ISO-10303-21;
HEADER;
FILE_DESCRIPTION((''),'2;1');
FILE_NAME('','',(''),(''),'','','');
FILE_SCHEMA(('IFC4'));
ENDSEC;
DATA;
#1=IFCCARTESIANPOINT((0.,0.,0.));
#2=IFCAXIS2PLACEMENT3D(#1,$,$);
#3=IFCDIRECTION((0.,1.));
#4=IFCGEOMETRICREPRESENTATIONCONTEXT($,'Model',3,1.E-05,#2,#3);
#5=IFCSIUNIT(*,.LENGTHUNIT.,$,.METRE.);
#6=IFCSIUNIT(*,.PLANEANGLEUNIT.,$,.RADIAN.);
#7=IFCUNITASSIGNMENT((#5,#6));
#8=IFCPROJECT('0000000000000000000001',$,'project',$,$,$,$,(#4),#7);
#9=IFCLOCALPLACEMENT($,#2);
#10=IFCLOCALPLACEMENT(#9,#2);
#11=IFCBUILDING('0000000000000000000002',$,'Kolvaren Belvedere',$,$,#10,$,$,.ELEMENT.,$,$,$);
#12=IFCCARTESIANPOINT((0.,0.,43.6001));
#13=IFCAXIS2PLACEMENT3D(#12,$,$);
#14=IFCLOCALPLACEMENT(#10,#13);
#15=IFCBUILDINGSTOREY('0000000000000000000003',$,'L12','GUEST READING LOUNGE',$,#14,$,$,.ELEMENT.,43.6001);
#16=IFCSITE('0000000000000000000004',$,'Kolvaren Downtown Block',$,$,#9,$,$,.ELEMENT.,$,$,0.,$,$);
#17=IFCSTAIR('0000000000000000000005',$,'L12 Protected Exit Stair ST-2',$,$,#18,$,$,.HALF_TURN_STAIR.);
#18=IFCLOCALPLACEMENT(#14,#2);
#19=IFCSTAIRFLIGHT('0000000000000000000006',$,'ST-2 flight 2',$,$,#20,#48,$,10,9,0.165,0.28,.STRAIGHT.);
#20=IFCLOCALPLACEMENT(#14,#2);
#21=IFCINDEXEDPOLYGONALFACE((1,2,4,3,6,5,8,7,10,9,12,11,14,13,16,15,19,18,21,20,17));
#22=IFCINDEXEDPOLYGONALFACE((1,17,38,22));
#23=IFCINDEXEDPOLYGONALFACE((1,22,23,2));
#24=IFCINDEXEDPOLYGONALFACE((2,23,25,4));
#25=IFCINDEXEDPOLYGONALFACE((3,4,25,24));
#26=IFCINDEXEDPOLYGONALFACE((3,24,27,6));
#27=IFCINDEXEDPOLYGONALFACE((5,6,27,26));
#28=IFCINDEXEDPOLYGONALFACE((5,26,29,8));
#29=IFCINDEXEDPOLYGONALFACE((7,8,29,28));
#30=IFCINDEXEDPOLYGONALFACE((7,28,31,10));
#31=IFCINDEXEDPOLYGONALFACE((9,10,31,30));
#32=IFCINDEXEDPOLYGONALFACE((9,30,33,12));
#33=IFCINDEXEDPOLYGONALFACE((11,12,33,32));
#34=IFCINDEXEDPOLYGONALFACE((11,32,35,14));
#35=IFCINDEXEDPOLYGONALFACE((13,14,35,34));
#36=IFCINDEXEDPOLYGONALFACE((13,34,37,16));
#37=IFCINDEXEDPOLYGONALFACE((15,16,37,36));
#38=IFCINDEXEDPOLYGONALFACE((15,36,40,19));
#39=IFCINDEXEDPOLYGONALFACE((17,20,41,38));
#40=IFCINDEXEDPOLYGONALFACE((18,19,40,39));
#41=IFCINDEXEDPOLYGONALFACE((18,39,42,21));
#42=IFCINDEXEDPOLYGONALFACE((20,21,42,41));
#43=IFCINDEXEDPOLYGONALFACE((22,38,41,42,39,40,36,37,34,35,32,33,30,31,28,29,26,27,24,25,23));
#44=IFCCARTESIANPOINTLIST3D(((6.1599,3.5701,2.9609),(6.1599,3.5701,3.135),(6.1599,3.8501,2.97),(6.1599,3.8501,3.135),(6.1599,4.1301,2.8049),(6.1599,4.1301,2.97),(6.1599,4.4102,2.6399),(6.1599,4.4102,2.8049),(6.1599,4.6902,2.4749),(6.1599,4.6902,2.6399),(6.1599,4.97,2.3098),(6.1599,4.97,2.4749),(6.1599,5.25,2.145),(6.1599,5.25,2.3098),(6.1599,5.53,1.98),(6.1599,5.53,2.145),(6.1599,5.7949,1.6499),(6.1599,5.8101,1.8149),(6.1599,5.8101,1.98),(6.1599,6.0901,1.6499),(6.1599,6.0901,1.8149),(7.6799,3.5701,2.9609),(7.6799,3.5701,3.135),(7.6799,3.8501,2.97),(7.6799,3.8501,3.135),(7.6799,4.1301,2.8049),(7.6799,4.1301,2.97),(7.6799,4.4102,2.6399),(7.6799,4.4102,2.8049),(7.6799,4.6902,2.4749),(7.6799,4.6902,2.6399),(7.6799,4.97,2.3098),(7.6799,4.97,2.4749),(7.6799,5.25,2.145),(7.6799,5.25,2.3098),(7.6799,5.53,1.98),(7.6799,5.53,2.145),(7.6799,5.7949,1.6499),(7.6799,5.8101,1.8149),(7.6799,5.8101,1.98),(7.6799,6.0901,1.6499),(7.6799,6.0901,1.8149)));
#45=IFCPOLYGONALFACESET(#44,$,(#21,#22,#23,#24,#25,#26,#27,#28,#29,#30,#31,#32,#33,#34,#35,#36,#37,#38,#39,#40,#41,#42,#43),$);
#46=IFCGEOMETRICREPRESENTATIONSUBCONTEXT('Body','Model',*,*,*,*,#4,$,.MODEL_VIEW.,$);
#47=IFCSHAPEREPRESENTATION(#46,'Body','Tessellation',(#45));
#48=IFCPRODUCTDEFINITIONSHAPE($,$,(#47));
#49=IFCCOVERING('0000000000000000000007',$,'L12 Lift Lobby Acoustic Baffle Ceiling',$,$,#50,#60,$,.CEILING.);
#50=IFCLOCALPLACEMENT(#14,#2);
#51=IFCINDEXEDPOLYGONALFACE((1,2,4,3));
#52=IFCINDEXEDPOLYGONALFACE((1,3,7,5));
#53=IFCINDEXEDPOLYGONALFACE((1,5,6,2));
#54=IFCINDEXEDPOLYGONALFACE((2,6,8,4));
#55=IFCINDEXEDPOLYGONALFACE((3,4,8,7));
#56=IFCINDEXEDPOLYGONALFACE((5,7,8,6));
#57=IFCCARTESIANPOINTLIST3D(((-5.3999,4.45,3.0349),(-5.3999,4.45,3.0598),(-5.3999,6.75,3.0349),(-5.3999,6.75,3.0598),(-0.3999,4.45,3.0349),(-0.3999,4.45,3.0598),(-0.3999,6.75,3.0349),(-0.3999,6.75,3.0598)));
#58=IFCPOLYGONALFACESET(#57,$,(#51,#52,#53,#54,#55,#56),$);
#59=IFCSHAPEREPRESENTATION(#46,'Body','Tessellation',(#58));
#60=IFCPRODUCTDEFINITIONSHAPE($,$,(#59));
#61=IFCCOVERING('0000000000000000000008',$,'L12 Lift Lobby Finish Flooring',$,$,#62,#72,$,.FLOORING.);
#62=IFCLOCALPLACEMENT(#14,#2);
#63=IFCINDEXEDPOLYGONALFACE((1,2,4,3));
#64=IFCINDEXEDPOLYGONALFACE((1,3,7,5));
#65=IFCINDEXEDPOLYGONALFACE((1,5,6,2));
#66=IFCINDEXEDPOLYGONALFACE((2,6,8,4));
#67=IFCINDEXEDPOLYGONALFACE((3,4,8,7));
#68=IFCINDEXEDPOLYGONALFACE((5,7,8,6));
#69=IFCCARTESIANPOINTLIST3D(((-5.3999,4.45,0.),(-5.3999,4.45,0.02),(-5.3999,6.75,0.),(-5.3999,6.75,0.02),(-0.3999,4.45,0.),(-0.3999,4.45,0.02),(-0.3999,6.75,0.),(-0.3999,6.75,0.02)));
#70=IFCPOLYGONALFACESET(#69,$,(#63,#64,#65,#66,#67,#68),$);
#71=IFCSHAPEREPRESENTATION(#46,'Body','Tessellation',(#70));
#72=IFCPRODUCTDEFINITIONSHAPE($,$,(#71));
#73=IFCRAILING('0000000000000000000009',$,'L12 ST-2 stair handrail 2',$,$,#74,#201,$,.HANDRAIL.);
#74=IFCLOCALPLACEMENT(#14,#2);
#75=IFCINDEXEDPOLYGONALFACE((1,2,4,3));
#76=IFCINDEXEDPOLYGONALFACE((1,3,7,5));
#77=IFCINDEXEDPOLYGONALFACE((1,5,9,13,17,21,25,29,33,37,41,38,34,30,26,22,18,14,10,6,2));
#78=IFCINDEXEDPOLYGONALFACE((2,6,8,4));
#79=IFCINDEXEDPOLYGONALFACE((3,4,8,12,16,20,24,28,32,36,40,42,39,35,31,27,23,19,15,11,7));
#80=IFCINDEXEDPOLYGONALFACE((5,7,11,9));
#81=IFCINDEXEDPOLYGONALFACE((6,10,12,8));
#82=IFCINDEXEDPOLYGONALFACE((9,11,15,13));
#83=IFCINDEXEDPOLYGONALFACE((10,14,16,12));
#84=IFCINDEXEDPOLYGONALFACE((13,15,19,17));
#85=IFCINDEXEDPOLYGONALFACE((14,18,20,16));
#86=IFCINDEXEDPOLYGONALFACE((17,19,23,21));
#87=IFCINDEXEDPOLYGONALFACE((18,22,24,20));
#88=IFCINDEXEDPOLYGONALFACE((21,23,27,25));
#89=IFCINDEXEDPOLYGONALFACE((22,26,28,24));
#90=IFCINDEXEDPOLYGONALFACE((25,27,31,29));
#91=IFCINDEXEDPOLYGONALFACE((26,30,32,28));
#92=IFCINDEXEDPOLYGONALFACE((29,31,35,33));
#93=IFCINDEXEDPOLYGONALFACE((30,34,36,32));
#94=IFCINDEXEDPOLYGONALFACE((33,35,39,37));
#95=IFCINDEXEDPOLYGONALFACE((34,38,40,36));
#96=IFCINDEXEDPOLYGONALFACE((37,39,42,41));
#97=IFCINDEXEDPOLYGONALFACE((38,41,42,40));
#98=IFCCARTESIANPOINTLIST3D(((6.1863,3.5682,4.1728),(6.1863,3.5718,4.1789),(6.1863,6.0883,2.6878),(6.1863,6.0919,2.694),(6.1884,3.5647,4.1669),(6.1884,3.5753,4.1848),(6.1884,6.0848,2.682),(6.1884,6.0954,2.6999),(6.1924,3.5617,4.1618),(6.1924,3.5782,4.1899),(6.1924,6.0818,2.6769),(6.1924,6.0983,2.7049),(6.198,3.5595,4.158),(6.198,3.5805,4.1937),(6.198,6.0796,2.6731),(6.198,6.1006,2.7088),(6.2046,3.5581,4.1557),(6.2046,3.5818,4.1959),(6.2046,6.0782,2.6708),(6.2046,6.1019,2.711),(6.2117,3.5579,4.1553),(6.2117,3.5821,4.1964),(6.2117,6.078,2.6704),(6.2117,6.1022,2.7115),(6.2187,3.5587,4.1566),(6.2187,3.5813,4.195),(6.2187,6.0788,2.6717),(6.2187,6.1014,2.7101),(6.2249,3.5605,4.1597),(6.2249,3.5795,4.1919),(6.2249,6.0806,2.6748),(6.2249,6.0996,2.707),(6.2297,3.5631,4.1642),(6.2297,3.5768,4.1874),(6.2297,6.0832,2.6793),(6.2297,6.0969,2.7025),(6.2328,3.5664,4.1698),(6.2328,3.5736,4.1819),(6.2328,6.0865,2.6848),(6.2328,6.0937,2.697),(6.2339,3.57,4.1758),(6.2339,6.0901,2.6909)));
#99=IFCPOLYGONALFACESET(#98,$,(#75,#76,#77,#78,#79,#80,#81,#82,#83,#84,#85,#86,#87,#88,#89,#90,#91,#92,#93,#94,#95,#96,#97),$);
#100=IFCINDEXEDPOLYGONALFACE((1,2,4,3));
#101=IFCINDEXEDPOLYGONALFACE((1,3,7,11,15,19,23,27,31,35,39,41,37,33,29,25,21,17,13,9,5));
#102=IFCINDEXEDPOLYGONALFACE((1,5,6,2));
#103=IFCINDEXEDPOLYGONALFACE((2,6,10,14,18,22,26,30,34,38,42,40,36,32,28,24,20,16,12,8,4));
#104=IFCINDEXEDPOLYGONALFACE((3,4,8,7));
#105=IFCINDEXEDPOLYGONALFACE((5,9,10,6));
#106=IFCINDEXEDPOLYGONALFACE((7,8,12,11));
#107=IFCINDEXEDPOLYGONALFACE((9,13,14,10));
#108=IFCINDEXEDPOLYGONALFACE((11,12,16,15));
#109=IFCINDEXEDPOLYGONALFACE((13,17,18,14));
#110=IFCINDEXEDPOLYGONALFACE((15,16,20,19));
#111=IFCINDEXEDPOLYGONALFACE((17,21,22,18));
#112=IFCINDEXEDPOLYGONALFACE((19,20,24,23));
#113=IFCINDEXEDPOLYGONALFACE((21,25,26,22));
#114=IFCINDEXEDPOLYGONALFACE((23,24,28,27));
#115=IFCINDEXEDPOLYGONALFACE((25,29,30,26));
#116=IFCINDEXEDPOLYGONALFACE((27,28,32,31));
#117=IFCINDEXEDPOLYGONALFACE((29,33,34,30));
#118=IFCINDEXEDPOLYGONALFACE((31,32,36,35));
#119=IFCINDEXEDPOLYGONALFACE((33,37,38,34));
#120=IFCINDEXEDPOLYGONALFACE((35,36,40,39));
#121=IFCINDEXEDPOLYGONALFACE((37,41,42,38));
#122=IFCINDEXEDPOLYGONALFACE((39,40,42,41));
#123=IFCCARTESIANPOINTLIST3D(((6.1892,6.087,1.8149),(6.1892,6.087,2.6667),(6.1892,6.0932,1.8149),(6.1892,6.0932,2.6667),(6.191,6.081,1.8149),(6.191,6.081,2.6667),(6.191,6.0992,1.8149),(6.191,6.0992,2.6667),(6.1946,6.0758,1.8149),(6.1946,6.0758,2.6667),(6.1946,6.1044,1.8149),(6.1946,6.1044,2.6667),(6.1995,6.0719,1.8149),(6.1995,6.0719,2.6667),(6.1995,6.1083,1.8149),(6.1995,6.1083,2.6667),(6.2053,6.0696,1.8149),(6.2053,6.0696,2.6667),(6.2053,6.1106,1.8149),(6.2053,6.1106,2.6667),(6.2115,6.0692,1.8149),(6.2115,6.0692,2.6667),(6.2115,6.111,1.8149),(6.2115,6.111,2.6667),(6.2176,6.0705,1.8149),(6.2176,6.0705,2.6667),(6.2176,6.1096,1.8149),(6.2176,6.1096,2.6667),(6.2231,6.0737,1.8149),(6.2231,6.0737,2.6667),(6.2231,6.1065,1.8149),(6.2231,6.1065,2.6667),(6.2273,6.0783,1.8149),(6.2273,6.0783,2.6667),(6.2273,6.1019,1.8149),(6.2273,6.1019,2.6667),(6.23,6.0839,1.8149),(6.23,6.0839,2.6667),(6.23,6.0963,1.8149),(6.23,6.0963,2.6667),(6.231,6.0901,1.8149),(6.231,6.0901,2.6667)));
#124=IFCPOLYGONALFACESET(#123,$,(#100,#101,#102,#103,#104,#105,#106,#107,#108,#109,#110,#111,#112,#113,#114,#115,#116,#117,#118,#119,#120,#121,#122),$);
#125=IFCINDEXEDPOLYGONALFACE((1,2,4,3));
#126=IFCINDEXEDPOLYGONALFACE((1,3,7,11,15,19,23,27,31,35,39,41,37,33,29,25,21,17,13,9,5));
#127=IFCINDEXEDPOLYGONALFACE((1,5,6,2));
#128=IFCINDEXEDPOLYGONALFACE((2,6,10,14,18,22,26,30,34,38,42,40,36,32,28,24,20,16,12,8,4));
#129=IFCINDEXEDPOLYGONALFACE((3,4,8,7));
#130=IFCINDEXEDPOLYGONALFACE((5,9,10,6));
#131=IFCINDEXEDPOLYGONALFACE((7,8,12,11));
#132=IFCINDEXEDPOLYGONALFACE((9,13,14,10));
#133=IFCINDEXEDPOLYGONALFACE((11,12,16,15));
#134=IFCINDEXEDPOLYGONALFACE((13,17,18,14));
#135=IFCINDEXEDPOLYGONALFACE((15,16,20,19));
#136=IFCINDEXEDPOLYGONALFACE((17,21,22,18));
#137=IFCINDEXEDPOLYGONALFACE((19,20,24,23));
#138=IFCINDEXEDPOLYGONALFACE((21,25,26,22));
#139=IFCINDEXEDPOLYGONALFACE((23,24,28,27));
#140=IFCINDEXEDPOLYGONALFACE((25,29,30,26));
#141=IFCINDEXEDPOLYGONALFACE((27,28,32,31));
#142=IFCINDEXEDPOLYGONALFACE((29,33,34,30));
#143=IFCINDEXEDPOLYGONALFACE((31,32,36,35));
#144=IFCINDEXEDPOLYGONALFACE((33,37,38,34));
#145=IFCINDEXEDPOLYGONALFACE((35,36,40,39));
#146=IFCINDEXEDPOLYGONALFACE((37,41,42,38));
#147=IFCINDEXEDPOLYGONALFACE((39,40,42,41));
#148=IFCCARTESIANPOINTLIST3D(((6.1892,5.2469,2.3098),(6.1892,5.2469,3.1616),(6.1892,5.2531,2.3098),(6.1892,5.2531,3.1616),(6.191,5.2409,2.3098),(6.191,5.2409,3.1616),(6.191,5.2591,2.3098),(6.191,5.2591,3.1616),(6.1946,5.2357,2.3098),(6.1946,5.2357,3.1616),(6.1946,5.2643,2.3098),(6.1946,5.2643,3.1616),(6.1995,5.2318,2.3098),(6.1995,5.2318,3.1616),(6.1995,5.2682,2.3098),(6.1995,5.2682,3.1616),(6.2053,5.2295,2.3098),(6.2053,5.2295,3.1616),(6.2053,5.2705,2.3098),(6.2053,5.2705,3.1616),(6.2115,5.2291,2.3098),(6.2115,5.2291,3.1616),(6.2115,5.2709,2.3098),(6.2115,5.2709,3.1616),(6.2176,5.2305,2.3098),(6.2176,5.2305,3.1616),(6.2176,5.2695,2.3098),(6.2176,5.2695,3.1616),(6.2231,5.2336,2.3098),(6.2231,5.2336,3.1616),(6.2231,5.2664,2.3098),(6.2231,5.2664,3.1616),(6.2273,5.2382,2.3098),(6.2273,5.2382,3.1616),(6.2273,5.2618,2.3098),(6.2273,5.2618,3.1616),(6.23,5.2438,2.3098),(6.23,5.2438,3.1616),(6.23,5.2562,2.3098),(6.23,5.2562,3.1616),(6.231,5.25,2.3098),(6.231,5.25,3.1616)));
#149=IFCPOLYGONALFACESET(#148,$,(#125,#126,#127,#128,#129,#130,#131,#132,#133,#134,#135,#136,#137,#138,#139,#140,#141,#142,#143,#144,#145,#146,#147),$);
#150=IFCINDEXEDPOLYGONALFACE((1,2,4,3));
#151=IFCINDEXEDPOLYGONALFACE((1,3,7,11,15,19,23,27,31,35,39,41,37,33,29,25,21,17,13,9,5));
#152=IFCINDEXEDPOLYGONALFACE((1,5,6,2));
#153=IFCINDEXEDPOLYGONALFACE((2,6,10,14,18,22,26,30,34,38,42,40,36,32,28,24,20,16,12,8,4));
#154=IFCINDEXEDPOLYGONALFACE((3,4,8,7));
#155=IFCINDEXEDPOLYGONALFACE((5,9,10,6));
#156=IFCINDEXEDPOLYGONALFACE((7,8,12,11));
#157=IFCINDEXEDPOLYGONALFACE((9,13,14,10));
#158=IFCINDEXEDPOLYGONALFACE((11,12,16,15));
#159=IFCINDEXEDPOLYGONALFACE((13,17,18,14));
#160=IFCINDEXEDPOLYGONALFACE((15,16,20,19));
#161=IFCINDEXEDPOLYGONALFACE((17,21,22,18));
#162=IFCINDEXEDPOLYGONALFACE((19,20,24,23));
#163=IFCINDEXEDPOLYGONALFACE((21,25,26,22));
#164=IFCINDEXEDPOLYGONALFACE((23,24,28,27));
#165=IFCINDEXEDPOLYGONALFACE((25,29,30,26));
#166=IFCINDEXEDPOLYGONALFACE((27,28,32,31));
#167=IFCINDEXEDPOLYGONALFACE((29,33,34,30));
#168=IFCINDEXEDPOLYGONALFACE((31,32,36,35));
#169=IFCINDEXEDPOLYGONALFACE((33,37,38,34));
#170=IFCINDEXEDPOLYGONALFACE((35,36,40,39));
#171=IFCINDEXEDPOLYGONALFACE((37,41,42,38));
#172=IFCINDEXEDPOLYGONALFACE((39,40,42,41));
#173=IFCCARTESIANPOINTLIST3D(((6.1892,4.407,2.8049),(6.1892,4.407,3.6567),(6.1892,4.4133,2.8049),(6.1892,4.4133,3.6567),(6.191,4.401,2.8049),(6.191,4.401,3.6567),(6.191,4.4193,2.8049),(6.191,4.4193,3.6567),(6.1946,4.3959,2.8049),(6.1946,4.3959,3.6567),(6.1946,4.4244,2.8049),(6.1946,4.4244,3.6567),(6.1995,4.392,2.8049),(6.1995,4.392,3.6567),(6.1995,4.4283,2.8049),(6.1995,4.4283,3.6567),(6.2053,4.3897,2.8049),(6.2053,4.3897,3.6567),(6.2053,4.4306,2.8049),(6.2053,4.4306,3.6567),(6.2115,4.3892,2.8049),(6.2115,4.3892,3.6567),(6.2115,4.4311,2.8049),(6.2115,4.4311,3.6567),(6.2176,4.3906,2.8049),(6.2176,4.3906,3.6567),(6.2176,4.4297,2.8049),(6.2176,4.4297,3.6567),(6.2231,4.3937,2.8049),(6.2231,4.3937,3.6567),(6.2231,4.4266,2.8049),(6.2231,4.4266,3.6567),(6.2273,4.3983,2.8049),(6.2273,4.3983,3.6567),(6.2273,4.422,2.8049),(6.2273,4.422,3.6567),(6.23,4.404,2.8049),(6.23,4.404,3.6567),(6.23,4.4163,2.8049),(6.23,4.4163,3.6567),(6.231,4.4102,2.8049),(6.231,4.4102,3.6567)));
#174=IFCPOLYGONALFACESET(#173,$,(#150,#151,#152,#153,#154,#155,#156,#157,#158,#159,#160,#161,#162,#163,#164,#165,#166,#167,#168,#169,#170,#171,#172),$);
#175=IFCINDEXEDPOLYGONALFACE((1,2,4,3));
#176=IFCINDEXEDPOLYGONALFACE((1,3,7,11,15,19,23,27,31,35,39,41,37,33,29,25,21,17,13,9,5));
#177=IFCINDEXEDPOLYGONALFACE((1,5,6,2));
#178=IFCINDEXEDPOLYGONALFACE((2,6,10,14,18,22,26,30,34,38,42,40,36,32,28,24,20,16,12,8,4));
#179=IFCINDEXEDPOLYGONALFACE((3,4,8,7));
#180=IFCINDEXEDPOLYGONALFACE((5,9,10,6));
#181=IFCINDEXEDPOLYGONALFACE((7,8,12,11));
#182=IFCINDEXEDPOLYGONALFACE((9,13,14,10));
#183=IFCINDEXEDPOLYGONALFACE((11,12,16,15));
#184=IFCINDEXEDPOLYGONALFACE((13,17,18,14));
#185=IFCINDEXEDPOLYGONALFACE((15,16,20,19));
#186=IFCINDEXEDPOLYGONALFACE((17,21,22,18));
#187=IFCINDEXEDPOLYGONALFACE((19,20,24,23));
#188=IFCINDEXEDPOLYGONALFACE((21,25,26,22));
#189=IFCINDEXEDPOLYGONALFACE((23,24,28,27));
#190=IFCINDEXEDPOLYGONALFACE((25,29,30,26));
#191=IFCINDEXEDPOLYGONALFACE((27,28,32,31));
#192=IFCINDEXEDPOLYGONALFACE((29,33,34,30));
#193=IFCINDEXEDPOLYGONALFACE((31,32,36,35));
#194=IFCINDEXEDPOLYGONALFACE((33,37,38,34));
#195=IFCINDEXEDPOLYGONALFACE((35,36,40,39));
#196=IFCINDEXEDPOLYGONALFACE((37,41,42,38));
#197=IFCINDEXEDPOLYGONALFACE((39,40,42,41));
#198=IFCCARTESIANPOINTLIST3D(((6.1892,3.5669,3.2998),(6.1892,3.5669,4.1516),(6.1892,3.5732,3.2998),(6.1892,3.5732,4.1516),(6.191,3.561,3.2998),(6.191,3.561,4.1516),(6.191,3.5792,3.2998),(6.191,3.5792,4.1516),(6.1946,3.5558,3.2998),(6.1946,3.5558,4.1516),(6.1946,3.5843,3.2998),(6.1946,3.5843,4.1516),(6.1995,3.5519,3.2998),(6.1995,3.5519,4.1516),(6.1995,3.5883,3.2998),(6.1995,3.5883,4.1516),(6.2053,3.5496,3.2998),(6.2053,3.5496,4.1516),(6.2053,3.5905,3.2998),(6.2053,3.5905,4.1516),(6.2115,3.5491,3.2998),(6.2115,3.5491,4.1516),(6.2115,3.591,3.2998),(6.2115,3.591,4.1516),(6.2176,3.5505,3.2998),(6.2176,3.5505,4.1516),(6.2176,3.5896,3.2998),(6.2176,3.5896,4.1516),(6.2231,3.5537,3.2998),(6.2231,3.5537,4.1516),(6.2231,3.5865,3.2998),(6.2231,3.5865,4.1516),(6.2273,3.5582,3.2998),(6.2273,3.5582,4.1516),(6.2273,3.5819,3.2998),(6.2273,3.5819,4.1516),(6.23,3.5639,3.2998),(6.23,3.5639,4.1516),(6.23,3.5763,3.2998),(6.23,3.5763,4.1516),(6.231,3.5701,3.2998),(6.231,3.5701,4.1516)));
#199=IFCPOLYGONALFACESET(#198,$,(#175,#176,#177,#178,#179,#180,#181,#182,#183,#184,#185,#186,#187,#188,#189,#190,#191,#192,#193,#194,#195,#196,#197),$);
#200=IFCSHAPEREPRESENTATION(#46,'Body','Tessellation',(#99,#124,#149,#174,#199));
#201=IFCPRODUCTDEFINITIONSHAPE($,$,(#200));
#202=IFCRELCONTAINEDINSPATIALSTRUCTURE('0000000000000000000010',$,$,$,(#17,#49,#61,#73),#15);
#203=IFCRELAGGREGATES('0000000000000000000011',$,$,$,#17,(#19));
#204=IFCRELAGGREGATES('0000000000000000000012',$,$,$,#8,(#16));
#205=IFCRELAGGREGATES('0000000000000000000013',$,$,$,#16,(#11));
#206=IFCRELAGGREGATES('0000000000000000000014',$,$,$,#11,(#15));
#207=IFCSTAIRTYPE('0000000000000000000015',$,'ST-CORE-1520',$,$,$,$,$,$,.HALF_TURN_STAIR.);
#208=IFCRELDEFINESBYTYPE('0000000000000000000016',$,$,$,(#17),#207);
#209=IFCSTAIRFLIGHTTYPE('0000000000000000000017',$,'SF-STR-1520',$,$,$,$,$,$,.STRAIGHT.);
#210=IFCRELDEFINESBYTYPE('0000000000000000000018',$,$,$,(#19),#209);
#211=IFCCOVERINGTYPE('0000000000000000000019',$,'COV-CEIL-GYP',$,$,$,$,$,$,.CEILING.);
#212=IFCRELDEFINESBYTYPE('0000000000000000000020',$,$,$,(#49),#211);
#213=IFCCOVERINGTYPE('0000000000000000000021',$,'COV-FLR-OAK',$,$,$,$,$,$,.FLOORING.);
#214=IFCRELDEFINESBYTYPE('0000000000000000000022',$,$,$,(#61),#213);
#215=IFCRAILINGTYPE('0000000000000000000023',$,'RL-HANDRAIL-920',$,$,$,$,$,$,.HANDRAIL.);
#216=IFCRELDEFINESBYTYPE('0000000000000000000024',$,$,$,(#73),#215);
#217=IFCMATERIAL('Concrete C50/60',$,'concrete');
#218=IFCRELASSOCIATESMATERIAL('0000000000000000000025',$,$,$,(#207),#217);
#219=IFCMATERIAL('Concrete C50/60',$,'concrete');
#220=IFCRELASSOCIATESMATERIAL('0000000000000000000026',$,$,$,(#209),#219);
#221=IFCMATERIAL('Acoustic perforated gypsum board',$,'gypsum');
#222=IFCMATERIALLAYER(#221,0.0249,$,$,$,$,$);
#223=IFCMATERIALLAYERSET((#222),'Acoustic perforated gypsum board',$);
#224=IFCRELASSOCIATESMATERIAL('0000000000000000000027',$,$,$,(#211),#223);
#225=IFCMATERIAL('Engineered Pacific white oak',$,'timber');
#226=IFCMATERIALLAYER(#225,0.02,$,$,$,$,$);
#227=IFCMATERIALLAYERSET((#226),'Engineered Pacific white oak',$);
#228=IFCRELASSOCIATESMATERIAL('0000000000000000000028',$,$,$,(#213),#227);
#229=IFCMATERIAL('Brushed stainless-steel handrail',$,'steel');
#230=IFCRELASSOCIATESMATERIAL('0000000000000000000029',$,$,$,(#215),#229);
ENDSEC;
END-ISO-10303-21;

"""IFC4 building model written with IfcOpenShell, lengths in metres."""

from ifc_helpers import new_model, si_unit, direction, frame, origin, origin_2d, place, context, subcontext, project, spatial, polyline, circle, outline, extrude, material, layer, layer_set, type_object, element, aggregate, save


model = new_model("IFC4")

# Units and contexts
model_context = context("Model", 3, precision=1e-05, world=origin(), true_north=direction((0.0, 1.0)))
body_context = subcontext(model_context, "Body", "Model", "MODEL_VIEW")
ifc_project = project(units=[si_unit("LENGTHUNIT", "METRE"), si_unit("PLANEANGLEUNIT", "RADIAN")], contexts=[model_context])

# Site, building, storey
site_placement = place(None, origin())
site = spatial("IfcSite", under=ifc_project, at=site_placement, Name="Kolvaren Downtown Block", CompositionType="ELEMENT", RefElevation=0.0)
building_placement = place(site_placement, origin())
building = spatial("IfcBuilding", under=site, at=building_placement, Name="Kolvaren Belvedere", CompositionType="ELEMENT")
storey_placement = place(building_placement, frame((0.0, 0.0, 43.6001)))
storey = spatial("IfcBuildingStorey", under=building, at=storey_placement, Name="L12", Description="GUEST READING LOUNGE", CompositionType="ELEMENT", Elevation=43.6001)

# Stair
ifc_material_1 = material(Name="Concrete C50/60", Category="concrete")
stair_type = type_object("IfcStairType", Name="ST-CORE-1520", PredefinedType="HALF_TURN_STAIR", material=ifc_material_1)
stair_1_placement = place(storey_placement, origin())
stair_1 = element("IfcStair", 1, at=stair_1_placement, inside=storey, type_object=stair_type, Name="L12 Protected Exit Stair ST-2", PredefinedType="HALF_TURN_STAIR")

# Stair flight
ifc_material_2 = material(Name="Concrete C50/60", Category="concrete")
stair_flight_type = type_object("IfcStairFlightType", Name="SF-STR-1520", PredefinedType="STRAIGHT", material=ifc_material_2)
stair_flight_placement = place(storey_placement, frame((6.9199, 6.0901, 1.6499), z_axis=(0.0, 0.0, 1.0), x_axis=(0.0, -1.0, 0.0)))
stair_flight = element("IfcStairFlight", 2, at=stair_flight_placement, type_object=stair_flight_type, Name="ST-2 flight 2", NumberOfRisers=10, NumberOfTreads=9, PredefinedType="STRAIGHT", RiserHeight=0.165, TreadLength=0.28, context=body_context, shape_type="SweptSolid", body=[
    extrude(outline(polyline([(0.0, 0.0), (0.0, 0.165), (0.28, 0.165), (0.28, 0.3301), (0.5601, 0.3301), (0.5601, 0.4951), (0.8401, 0.4951), (0.8401, 0.6599), (1.1201, 0.6599), (1.1201, 0.825), (1.3999, 0.825), (1.3999, 0.99), (1.6799, 0.99), (1.6799, 1.155), (1.96, 1.155), (1.96, 1.3201), (2.24, 1.3201), (2.24, 1.4851), (2.52, 1.4851), (2.52, 1.6499), (2.52, 1.311), (0.2952, 0.0), (0.0, 0.0)])), frame((0.0, 0.76, 0.0), z_axis=(0.0, -1.0, 0.0), x_axis=(1.0, 0.0, 0.0)), (0.0, 0.0, 1.0), 1.52),
])
aggregate(stair_1, [stair_flight])

# Coverings
ifc_material_3 = material(Name="Acoustic perforated gypsum board", Category="gypsum")
ifc_layer_1 = layer(ifc_material_3, 0.0249)
ifc_layer_set_1 = layer_set([ifc_layer_1], Name="Acoustic perforated gypsum board")
covering_type_1 = type_object("IfcCoveringType", Name="COV-CEIL-GYP", PredefinedType="CEILING", material=ifc_layer_set_1)
covering_1_placement = place(storey_placement, frame((0.0, 0.0, 3.0349)))
element("IfcCovering", 3, at=covering_1_placement, inside=storey, type_object=covering_type_1, Name="L12 Lift Lobby Acoustic Baffle Ceiling", PredefinedType="CEILING", context=body_context, shape_type="SweptSolid", body=[
    extrude(outline(polyline([(-5.3999, 4.45), (-0.3999, 4.45), (-0.3999, 6.75), (-5.3999, 6.75), (-5.3999, 4.45)])), origin(), (0.0, 0.0, 1.0), 0.0249),
])
ifc_material_4 = material(Name="Engineered Pacific white oak", Category="timber")
ifc_layer_2 = layer(ifc_material_4, 0.02)
ifc_layer_set_2 = layer_set([ifc_layer_2], Name="Engineered Pacific white oak")
covering_type_2 = type_object("IfcCoveringType", Name="COV-FLR-OAK", PredefinedType="FLOORING", material=ifc_layer_set_2)
covering_2_placement = place(storey_placement, origin())
element("IfcCovering", 4, at=covering_2_placement, inside=storey, type_object=covering_type_2, Name="L12 Lift Lobby Finish Flooring", PredefinedType="FLOORING", context=body_context, shape_type="SweptSolid", body=[
    extrude(outline(polyline([(-5.3999, 4.45), (-0.3999, 4.45), (-0.3999, 6.75), (-5.3999, 6.75), (-5.3999, 4.45)])), origin(), (0.0, 0.0, 1.0), 0.02),
])

# Railing
ifc_material_5 = material(Name="Brushed stainless-steel handrail", Category="steel")
railing_type_1 = type_object("IfcRailingType", Name="RL-HANDRAIL-920", PredefinedType="HANDRAIL", material=ifc_material_5)
railing_1_placement = place(storey_placement, frame((6.21, 6.0901, 1.8149)))
element("IfcRailing", 5, at=railing_1_placement, inside=storey, type_object=railing_type_1, Name="L12 ST-2 stair handrail 2", PredefinedType="HANDRAIL", context=body_context, shape_type="SweptSolid", body=[
    extrude(circle(Radius=0.0239, at=origin_2d()), frame((0.0, 0.0, 0.876), z_axis=(0.0, -0.861561, 0.507655), x_axis=(1.0, 0.0, 0.0)), (0.0, 0.0, 1.0), 2.925),
    extrude(circle(Radius=0.021, at=origin_2d()), origin(), (0.0, 0.0, 1.0), 0.8518),
    extrude(circle(Radius=0.021, at=origin_2d()), frame((0.0, -0.8401, 0.4949)), (0.0, 0.0, 1.0), 0.8518),
    extrude(circle(Radius=0.021, at=origin_2d()), frame((0.0, -1.6799, 0.99)), (0.0, 0.0, 1.0), 0.8518),
    extrude(circle(Radius=0.021, at=origin_2d()), frame((0.0, -2.52, 1.4849)), (0.0, 0.0, 1.0), 0.8518),
])

save(model, "model.ifc")
